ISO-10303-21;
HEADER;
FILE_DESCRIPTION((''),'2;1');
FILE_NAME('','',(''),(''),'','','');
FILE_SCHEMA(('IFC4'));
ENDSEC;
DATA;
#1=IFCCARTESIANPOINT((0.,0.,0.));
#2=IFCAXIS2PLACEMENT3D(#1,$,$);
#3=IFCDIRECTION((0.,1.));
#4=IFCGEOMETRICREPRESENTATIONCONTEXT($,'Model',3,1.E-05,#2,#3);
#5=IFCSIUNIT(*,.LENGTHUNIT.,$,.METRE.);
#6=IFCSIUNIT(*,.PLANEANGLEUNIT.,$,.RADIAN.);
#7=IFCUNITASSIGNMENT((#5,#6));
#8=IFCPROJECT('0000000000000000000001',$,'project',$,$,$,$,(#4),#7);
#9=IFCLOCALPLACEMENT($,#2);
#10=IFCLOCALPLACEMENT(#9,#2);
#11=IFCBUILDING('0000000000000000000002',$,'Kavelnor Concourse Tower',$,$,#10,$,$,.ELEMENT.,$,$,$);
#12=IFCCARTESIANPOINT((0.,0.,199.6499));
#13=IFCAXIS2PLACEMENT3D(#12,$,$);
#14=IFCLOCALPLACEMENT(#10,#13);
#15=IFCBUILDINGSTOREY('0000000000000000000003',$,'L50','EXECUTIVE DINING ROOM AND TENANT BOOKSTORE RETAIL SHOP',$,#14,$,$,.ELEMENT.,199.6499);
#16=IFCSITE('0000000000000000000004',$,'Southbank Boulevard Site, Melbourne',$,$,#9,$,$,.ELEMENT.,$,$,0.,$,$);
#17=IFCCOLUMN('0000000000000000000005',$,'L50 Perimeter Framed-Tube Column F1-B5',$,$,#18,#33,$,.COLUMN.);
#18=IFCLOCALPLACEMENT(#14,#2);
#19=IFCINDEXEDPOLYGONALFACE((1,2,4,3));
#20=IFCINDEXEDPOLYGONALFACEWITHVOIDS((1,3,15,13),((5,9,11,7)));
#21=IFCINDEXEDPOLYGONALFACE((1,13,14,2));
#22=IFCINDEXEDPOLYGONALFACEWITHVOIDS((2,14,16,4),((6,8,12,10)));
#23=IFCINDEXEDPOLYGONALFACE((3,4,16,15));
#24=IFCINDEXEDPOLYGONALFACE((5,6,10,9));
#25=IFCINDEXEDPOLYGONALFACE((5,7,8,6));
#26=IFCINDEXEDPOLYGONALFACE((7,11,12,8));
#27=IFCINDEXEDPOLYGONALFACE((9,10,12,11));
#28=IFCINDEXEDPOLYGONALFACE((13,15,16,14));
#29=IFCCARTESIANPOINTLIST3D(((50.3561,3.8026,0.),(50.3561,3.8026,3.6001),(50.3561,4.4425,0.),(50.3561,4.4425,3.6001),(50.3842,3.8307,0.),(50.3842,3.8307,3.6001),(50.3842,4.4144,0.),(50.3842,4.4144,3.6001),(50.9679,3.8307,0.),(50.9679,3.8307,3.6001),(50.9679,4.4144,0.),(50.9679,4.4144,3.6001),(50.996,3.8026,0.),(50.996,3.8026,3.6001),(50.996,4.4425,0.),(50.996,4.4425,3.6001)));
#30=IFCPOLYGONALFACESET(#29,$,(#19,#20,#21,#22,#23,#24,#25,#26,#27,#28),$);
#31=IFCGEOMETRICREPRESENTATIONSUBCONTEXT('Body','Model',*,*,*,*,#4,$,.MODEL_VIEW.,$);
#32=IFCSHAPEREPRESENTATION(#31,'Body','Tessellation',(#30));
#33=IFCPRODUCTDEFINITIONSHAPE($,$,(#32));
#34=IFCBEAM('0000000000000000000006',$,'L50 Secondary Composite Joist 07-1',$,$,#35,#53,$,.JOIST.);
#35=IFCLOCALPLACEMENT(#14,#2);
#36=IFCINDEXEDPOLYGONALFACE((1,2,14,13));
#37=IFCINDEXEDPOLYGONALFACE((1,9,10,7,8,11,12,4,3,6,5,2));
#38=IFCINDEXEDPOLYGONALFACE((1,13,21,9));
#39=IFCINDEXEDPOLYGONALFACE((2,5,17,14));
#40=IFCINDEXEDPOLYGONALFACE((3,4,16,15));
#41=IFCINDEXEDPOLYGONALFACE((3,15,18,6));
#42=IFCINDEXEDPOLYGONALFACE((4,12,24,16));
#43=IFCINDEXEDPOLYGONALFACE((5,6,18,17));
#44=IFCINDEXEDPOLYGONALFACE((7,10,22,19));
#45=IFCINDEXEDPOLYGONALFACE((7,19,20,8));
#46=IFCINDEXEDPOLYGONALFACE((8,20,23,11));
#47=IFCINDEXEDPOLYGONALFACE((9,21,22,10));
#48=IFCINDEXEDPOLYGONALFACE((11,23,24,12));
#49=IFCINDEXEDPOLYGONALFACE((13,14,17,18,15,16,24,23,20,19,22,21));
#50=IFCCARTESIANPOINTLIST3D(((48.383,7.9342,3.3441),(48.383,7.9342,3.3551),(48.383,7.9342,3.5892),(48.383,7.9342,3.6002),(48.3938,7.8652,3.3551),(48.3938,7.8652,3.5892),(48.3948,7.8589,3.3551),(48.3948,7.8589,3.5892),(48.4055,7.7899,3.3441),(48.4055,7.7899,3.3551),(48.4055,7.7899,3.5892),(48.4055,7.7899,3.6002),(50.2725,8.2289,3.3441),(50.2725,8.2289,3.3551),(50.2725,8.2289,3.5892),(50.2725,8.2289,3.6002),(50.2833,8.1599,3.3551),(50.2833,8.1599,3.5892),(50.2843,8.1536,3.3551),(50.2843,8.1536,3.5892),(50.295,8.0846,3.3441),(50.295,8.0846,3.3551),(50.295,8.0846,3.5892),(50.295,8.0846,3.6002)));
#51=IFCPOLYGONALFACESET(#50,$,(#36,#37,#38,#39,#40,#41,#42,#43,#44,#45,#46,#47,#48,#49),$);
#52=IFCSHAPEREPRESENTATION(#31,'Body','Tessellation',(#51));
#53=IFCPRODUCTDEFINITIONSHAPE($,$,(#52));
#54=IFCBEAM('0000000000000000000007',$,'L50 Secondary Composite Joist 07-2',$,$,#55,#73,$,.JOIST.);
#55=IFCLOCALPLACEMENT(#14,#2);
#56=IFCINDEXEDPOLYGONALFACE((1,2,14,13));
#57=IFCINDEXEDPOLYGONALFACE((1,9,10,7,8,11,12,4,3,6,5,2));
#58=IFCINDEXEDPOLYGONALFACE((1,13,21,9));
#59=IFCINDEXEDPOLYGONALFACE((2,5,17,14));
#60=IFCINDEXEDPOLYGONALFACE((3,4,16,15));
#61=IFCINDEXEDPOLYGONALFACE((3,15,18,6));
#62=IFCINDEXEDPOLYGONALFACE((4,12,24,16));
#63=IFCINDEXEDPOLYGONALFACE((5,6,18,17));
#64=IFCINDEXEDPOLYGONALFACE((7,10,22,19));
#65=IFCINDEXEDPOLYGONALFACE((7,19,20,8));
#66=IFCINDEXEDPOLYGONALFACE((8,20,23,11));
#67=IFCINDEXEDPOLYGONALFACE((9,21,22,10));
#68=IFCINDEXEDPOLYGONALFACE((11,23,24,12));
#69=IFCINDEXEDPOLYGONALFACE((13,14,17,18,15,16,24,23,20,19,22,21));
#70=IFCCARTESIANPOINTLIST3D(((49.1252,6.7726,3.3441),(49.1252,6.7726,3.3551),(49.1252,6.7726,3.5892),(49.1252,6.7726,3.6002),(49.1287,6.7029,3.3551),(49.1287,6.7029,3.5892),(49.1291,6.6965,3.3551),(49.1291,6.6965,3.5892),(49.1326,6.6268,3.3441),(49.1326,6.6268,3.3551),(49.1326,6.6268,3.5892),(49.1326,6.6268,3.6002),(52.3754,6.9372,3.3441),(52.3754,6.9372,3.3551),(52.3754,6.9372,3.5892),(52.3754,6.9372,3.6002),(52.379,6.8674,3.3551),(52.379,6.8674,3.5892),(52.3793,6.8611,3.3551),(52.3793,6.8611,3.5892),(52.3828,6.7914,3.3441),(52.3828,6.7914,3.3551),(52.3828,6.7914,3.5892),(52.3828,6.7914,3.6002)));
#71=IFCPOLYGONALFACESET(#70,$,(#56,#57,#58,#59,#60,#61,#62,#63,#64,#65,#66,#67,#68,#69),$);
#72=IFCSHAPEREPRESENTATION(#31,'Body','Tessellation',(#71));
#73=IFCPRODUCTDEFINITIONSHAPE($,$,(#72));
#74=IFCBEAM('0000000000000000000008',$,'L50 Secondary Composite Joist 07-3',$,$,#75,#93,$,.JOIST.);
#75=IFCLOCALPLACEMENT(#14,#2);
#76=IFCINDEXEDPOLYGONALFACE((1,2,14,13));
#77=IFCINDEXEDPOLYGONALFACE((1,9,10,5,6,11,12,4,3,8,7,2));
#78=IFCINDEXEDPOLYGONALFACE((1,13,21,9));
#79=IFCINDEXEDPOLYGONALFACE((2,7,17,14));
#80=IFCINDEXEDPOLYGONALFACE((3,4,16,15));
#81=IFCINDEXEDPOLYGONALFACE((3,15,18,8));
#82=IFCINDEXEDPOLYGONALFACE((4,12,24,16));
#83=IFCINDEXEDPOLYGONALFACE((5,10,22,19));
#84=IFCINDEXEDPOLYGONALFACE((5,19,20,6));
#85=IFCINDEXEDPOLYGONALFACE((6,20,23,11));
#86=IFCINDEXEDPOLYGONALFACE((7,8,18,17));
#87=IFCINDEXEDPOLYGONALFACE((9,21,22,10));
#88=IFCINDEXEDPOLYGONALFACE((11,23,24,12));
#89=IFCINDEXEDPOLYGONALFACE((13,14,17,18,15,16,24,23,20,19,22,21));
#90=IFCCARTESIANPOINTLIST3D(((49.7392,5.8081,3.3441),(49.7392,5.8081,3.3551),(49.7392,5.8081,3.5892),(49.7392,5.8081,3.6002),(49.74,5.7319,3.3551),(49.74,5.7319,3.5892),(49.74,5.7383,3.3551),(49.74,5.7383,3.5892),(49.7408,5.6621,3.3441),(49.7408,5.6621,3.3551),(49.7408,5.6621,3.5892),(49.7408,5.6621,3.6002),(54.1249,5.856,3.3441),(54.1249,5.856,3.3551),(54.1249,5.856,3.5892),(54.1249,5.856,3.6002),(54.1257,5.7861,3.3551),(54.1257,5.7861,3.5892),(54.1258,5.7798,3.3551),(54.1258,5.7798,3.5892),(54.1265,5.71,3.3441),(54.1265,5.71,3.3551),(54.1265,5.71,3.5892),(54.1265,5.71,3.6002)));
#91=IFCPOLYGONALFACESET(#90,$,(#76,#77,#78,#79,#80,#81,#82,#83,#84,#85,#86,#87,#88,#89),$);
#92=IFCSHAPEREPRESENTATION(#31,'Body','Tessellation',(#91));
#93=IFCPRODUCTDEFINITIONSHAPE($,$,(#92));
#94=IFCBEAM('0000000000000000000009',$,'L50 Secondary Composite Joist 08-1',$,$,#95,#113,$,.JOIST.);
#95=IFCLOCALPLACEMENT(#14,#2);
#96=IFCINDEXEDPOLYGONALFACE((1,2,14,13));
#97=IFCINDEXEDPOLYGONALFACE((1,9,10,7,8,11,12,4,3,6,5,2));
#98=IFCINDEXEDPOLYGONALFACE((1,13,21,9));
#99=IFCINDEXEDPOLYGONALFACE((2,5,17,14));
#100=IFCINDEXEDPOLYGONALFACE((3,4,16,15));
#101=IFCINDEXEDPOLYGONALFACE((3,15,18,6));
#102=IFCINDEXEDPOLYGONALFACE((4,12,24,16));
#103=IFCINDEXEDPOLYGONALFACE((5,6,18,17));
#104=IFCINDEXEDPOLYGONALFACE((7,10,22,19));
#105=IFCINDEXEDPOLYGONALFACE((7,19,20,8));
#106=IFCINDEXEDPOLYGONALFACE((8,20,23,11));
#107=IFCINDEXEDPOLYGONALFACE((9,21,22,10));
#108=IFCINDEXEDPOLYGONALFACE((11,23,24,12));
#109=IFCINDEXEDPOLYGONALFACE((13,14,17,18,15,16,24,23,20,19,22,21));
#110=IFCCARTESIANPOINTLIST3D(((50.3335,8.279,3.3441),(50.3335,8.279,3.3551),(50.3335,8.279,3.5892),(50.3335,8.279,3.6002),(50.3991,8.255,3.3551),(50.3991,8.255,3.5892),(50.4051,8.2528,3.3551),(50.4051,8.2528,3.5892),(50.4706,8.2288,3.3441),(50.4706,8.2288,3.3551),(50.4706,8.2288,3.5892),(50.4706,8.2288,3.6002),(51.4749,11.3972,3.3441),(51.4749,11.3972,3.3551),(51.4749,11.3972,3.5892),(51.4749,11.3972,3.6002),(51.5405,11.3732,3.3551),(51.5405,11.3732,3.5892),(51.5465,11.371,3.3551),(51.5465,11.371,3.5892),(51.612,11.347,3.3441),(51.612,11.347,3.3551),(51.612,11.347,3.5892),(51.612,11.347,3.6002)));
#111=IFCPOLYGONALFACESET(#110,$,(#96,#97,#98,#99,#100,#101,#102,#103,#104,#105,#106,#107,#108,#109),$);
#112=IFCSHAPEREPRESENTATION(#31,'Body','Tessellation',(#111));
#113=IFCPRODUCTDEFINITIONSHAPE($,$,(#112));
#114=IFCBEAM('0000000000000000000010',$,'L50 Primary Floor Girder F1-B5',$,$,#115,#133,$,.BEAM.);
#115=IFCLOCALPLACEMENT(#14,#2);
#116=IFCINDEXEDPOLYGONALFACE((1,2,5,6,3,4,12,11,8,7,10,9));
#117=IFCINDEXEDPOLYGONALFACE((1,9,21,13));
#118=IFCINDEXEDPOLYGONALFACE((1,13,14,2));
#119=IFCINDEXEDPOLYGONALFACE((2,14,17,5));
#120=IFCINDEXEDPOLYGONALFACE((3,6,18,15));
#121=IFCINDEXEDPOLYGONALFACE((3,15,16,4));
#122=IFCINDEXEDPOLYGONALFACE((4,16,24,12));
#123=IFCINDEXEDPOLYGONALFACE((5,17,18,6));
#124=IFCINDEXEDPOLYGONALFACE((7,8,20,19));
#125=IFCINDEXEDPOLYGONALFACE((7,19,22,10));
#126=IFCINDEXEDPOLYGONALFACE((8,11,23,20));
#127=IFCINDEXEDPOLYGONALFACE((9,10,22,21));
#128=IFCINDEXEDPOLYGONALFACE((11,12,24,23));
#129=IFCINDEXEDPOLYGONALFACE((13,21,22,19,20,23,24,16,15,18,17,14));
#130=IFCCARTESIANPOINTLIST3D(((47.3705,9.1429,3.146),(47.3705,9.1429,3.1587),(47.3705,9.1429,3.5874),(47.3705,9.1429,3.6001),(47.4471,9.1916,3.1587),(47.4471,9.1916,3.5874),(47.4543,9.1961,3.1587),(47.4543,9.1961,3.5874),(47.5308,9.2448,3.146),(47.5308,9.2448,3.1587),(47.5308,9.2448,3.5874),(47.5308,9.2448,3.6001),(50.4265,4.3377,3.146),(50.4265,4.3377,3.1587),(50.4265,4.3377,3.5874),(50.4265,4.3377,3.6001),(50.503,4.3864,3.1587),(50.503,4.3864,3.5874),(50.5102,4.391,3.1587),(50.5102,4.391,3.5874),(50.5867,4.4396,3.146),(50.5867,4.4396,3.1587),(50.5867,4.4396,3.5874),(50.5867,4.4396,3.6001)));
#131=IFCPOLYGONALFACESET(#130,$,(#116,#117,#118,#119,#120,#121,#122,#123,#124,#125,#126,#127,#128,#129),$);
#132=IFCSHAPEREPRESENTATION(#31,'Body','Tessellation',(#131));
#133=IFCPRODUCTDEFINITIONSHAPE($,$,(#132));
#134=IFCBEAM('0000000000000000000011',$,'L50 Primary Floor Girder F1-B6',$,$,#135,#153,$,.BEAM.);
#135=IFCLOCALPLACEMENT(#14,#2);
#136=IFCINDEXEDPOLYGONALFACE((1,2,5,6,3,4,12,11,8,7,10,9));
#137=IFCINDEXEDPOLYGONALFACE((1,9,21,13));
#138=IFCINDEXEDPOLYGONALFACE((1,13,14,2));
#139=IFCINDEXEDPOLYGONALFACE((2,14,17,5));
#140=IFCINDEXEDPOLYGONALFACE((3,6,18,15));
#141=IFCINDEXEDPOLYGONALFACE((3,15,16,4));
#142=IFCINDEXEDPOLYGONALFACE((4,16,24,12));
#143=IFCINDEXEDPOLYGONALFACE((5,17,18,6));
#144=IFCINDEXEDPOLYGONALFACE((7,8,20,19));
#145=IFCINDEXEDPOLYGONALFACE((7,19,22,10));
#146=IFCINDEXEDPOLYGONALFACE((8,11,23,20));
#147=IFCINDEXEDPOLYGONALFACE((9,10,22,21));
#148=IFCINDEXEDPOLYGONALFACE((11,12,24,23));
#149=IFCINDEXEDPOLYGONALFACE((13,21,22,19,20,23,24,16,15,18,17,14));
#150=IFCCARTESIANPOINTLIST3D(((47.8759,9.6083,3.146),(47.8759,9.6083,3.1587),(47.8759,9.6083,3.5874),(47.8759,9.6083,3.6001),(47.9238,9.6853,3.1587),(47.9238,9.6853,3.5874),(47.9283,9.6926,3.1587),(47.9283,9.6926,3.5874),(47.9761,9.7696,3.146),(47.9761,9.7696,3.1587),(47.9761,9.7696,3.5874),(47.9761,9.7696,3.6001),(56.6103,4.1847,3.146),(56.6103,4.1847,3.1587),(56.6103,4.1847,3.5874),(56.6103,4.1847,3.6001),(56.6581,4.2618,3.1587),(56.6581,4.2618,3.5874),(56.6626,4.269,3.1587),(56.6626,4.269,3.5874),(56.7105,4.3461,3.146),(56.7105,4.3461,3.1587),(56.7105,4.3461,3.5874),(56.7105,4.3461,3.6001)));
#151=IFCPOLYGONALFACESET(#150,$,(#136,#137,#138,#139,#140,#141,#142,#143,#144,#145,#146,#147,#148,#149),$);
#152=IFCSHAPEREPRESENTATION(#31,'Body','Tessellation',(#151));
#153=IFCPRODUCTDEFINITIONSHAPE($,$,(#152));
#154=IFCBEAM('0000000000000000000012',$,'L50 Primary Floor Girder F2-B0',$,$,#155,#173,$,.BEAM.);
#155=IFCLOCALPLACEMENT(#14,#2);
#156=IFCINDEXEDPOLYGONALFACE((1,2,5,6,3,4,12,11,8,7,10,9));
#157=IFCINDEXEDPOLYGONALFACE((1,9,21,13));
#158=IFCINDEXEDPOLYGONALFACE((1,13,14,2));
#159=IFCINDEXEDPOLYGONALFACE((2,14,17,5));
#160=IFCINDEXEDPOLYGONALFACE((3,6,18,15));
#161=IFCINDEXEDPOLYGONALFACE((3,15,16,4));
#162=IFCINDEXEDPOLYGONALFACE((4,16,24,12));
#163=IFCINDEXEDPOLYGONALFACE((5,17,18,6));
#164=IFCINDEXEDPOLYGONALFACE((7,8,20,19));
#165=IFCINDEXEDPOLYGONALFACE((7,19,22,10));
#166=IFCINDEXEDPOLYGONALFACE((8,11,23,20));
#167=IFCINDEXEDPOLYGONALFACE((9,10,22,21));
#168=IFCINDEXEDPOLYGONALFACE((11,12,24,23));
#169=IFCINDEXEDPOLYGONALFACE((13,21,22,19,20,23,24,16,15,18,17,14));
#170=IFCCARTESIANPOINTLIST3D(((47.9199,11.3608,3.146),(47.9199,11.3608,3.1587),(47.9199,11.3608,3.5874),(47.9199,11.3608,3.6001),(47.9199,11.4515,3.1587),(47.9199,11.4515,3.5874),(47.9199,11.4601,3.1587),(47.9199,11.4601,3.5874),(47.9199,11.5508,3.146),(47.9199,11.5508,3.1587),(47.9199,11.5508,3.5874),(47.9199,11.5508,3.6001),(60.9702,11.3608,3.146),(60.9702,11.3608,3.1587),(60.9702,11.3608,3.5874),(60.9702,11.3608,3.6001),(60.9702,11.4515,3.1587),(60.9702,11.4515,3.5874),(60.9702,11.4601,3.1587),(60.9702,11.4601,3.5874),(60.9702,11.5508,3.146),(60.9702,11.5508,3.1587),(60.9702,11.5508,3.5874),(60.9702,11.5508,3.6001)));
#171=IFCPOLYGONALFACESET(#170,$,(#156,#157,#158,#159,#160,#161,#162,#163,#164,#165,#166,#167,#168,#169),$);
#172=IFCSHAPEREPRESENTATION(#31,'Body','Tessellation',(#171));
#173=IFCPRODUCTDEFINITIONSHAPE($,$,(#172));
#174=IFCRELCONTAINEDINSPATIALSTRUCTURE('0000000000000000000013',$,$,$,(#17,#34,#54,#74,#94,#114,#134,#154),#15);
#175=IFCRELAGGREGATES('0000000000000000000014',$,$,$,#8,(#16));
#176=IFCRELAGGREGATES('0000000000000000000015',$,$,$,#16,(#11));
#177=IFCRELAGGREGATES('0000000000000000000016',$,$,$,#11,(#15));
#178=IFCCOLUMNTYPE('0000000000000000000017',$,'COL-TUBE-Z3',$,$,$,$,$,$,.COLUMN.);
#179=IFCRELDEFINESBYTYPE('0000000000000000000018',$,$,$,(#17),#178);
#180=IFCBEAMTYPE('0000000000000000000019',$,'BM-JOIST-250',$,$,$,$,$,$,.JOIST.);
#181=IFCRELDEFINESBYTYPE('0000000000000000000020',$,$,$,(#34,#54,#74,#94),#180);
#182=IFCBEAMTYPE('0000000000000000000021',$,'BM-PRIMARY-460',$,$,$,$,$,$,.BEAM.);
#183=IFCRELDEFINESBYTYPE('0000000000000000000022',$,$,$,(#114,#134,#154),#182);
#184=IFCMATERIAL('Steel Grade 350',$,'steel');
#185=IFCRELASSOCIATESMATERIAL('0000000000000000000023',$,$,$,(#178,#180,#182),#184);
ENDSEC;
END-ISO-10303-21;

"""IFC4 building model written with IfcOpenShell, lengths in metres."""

from ifc_helpers import new_model, si_unit, direction, frame, origin, origin_2d, place, context, subcontext, project, spatial, hollow_rectangle, i_section, extrude, material, material_profile, profile_set, type_object, element, save


model = new_model("IFC4")

# Units and contexts
model_context = context("Model", 3, precision=1e-05, world=origin(), true_north=direction((0.0, 1.0)))
body_context = subcontext(model_context, "Body", "Model", "MODEL_VIEW")
ifc_project = project(units=[si_unit("LENGTHUNIT", "METRE"), si_unit("PLANEANGLEUNIT", "RADIAN")], contexts=[model_context])

# Site, building, storey
site_placement = place(None, origin())
site = spatial("IfcSite", under=ifc_project, at=site_placement, Name="Southbank Boulevard Site, Melbourne", CompositionType="ELEMENT", RefElevation=0.0)
building_placement = place(site_placement, origin())
building = spatial("IfcBuilding", under=site, at=building_placement, Name="Kavelnor Concourse Tower", CompositionType="ELEMENT")
storey_placement = place(building_placement, frame((0.0, 0.0, 199.6499)))
storey = spatial("IfcBuildingStorey", under=building, at=storey_placement, Name="L50", Description="EXECUTIVE DINING ROOM AND TENANT BOOKSTORE RETAIL SHOP", CompositionType="ELEMENT", Elevation=199.6499)

# Column
ifc_material_1 = material(Name="Steel Grade 350", Category="steel")
ifc_material_profile_1 = material_profile(ifc_material_1, hollow_rectangle(XDim=0.6399, YDim=0.6399, WallThickness=0.0281, at=origin_2d()), Name="SHS 640x640x28")
ifc_profile_set_1 = profile_set([ifc_material_profile_1], Name="Steel Grade 350")
column_type = type_object("IfcColumnType", Name="COL-TUBE-Z3", PredefinedType="COLUMN", material=ifc_profile_set_1)
column_placement = place(storey_placement, frame((50.676, 4.1226, 0.0), z_axis=(0.0, 0.0, 1.0), x_axis=(1.0, 0.0, 0.0)))
element("IfcColumn", 1, at=column_placement, inside=storey, type_object=column_type, Name="L50 Perimeter Framed-Tube Column F1-B5", PredefinedType="COLUMN", context=body_context, shape_type="SweptSolid", body=[
    extrude(hollow_rectangle(XDim=0.6399, YDim=0.6399, WallThickness=0.0281, at=origin_2d()), origin(), (0.0, 0.0, 1.0), 3.6001),
])

# Beams
ifc_material_profile_2 = material_profile(ifc_material_1, i_section(OverallWidth=0.146, OverallDepth=0.2561, WebThickness=0.0063, FlangeThickness=0.011, at=origin_2d()), Name="250UB37")
ifc_profile_set_2 = profile_set([ifc_material_profile_2], Name="Steel Grade 350")
beam_type_1 = type_object("IfcBeamType", Name="BM-JOIST-250", PredefinedType="JOIST", material=ifc_profile_set_2)
beam_1_placement = place(storey_placement, frame((48.3943, 7.8621, 3.4722), z_axis=(0.988055, 0.1541, 0.0), x_axis=(-0.1541, 0.988055, 0.0)))
element("IfcBeam", 2, at=beam_1_placement, inside=storey, type_object=beam_type_1, Name="L50 Secondary Composite Joist 07-1", PredefinedType="JOIST", context=body_context, shape_type="SweptSolid", body=[
    extrude(i_section(OverallWidth=0.146, OverallDepth=0.2561, WebThickness=0.0063, FlangeThickness=0.011, at=origin_2d()), origin(), (0.0, 0.0, 1.0), 1.9124),
])
beam_2_placement = place(storey_placement, frame((49.1289, 6.6997, 3.4722), z_axis=(0.998721, 0.050562, 0.0), x_axis=(-0.050562, 0.998721, 0.0)))
element("IfcBeam", 3, at=beam_2_placement, inside=storey, type_object=beam_type_1, Name="L50 Secondary Composite Joist 07-2", PredefinedType="JOIST", context=body_context, shape_type="SweptSolid", body=[
    extrude(i_section(OverallWidth=0.146, OverallDepth=0.2561, WebThickness=0.0063, FlangeThickness=0.011, at=origin_2d()), origin(), (0.0, 0.0, 1.0), 3.2544),
])
beam_3_placement = place(storey_placement, frame((49.74, 5.7351, 3.4722), z_axis=(0.99994, 0.01091, 0.0), x_axis=(-0.01091, 0.99994, 0.0)))
element("IfcBeam", 4, at=beam_3_placement, inside=storey, type_object=beam_type_1, Name="L50 Secondary Composite Joist 07-3", PredefinedType="JOIST", context=body_context, shape_type="SweptSolid", body=[
    extrude(i_section(OverallWidth=0.146, OverallDepth=0.2561, WebThickness=0.0063, FlangeThickness=0.011, at=origin_2d()), origin(), (0.0, 0.0, 1.0), 4.386),
])
beam_4_placement = place(storey_placement, frame((50.4021, 8.2539, 3.4722), z_axis=(0.343732, 0.939068, 0.0), x_axis=(-0.939068, 0.343732, 0.0)))
element("IfcBeam", 5, at=beam_4_placement, inside=storey, type_object=beam_type_1, Name="L50 Secondary Composite Joist 08-1", PredefinedType="JOIST", context=body_context, shape_type="SweptSolid", body=[
    extrude(i_section(OverallWidth=0.146, OverallDepth=0.2561, WebThickness=0.0063, FlangeThickness=0.011, at=origin_2d()), origin(), (0.0, 0.0, 1.0), 3.3206),
])
ifc_material_profile_3 = material_profile(ifc_material_1, i_section(OverallWidth=0.1899, OverallDepth=0.4541, WebThickness=0.0085, FlangeThickness=0.0127, at=origin_2d()), Name="460UB67")
ifc_profile_set_3 = profile_set([ifc_material_profile_3], Name="Steel Grade 350")
beam_type_2 = type_object("IfcBeamType", Name="BM-PRIMARY-460", PredefinedType="BEAM", material=ifc_profile_set_3)
beam_5_placement = place(storey_placement, frame((47.4507, 9.1938, 3.373), z_axis=(0.536634, -0.843815, 0.0), x_axis=(0.843815, 0.536634, 0.0)))
element("IfcBeam", 6, at=beam_5_placement, inside=storey, type_object=beam_type_2, Name="L50 Primary Floor Girder F1-B5", PredefinedType="BEAM", context=body_context, shape_type="SweptSolid", body=[
    extrude(i_section(OverallWidth=0.1899, OverallDepth=0.4541, WebThickness=0.0085, FlangeThickness=0.0127, at=origin_2d()), origin(), (0.0, 0.0, 1.0), 5.6946),
])
beam_6_placement = place(storey_placement, frame((47.926, 9.689, 3.373), z_axis=(0.849542, -0.527521, 0.0), x_axis=(0.527521, 0.849542, 0.0)))
element("IfcBeam", 7, at=beam_6_placement, inside=storey, type_object=beam_type_2, Name="L50 Primary Floor Girder F1-B6", PredefinedType="BEAM", context=body_context, shape_type="SweptSolid", body=[
    extrude(i_section(OverallWidth=0.1899, OverallDepth=0.4541, WebThickness=0.0085, FlangeThickness=0.0127, at=origin_2d()), origin(), (0.0, 0.0, 1.0), 10.2812),
])
beam_7_placement = place(storey_placement, frame((47.9199, 11.4558, 3.373), z_axis=(1.0, 0.0, 0.0), x_axis=(0.0, 1.0, 0.0)))
element("IfcBeam", 8, at=beam_7_placement, inside=storey, type_object=beam_type_2, Name="L50 Primary Floor Girder F2-B0", PredefinedType="BEAM", context=body_context, shape_type="SweptSolid", body=[
    extrude(i_section(OverallWidth=0.1899, OverallDepth=0.4541, WebThickness=0.0085, FlangeThickness=0.0127, at=origin_2d()), origin(), (0.0, 0.0, 1.0), 13.0503),
])

save(model, "model.ifc")
